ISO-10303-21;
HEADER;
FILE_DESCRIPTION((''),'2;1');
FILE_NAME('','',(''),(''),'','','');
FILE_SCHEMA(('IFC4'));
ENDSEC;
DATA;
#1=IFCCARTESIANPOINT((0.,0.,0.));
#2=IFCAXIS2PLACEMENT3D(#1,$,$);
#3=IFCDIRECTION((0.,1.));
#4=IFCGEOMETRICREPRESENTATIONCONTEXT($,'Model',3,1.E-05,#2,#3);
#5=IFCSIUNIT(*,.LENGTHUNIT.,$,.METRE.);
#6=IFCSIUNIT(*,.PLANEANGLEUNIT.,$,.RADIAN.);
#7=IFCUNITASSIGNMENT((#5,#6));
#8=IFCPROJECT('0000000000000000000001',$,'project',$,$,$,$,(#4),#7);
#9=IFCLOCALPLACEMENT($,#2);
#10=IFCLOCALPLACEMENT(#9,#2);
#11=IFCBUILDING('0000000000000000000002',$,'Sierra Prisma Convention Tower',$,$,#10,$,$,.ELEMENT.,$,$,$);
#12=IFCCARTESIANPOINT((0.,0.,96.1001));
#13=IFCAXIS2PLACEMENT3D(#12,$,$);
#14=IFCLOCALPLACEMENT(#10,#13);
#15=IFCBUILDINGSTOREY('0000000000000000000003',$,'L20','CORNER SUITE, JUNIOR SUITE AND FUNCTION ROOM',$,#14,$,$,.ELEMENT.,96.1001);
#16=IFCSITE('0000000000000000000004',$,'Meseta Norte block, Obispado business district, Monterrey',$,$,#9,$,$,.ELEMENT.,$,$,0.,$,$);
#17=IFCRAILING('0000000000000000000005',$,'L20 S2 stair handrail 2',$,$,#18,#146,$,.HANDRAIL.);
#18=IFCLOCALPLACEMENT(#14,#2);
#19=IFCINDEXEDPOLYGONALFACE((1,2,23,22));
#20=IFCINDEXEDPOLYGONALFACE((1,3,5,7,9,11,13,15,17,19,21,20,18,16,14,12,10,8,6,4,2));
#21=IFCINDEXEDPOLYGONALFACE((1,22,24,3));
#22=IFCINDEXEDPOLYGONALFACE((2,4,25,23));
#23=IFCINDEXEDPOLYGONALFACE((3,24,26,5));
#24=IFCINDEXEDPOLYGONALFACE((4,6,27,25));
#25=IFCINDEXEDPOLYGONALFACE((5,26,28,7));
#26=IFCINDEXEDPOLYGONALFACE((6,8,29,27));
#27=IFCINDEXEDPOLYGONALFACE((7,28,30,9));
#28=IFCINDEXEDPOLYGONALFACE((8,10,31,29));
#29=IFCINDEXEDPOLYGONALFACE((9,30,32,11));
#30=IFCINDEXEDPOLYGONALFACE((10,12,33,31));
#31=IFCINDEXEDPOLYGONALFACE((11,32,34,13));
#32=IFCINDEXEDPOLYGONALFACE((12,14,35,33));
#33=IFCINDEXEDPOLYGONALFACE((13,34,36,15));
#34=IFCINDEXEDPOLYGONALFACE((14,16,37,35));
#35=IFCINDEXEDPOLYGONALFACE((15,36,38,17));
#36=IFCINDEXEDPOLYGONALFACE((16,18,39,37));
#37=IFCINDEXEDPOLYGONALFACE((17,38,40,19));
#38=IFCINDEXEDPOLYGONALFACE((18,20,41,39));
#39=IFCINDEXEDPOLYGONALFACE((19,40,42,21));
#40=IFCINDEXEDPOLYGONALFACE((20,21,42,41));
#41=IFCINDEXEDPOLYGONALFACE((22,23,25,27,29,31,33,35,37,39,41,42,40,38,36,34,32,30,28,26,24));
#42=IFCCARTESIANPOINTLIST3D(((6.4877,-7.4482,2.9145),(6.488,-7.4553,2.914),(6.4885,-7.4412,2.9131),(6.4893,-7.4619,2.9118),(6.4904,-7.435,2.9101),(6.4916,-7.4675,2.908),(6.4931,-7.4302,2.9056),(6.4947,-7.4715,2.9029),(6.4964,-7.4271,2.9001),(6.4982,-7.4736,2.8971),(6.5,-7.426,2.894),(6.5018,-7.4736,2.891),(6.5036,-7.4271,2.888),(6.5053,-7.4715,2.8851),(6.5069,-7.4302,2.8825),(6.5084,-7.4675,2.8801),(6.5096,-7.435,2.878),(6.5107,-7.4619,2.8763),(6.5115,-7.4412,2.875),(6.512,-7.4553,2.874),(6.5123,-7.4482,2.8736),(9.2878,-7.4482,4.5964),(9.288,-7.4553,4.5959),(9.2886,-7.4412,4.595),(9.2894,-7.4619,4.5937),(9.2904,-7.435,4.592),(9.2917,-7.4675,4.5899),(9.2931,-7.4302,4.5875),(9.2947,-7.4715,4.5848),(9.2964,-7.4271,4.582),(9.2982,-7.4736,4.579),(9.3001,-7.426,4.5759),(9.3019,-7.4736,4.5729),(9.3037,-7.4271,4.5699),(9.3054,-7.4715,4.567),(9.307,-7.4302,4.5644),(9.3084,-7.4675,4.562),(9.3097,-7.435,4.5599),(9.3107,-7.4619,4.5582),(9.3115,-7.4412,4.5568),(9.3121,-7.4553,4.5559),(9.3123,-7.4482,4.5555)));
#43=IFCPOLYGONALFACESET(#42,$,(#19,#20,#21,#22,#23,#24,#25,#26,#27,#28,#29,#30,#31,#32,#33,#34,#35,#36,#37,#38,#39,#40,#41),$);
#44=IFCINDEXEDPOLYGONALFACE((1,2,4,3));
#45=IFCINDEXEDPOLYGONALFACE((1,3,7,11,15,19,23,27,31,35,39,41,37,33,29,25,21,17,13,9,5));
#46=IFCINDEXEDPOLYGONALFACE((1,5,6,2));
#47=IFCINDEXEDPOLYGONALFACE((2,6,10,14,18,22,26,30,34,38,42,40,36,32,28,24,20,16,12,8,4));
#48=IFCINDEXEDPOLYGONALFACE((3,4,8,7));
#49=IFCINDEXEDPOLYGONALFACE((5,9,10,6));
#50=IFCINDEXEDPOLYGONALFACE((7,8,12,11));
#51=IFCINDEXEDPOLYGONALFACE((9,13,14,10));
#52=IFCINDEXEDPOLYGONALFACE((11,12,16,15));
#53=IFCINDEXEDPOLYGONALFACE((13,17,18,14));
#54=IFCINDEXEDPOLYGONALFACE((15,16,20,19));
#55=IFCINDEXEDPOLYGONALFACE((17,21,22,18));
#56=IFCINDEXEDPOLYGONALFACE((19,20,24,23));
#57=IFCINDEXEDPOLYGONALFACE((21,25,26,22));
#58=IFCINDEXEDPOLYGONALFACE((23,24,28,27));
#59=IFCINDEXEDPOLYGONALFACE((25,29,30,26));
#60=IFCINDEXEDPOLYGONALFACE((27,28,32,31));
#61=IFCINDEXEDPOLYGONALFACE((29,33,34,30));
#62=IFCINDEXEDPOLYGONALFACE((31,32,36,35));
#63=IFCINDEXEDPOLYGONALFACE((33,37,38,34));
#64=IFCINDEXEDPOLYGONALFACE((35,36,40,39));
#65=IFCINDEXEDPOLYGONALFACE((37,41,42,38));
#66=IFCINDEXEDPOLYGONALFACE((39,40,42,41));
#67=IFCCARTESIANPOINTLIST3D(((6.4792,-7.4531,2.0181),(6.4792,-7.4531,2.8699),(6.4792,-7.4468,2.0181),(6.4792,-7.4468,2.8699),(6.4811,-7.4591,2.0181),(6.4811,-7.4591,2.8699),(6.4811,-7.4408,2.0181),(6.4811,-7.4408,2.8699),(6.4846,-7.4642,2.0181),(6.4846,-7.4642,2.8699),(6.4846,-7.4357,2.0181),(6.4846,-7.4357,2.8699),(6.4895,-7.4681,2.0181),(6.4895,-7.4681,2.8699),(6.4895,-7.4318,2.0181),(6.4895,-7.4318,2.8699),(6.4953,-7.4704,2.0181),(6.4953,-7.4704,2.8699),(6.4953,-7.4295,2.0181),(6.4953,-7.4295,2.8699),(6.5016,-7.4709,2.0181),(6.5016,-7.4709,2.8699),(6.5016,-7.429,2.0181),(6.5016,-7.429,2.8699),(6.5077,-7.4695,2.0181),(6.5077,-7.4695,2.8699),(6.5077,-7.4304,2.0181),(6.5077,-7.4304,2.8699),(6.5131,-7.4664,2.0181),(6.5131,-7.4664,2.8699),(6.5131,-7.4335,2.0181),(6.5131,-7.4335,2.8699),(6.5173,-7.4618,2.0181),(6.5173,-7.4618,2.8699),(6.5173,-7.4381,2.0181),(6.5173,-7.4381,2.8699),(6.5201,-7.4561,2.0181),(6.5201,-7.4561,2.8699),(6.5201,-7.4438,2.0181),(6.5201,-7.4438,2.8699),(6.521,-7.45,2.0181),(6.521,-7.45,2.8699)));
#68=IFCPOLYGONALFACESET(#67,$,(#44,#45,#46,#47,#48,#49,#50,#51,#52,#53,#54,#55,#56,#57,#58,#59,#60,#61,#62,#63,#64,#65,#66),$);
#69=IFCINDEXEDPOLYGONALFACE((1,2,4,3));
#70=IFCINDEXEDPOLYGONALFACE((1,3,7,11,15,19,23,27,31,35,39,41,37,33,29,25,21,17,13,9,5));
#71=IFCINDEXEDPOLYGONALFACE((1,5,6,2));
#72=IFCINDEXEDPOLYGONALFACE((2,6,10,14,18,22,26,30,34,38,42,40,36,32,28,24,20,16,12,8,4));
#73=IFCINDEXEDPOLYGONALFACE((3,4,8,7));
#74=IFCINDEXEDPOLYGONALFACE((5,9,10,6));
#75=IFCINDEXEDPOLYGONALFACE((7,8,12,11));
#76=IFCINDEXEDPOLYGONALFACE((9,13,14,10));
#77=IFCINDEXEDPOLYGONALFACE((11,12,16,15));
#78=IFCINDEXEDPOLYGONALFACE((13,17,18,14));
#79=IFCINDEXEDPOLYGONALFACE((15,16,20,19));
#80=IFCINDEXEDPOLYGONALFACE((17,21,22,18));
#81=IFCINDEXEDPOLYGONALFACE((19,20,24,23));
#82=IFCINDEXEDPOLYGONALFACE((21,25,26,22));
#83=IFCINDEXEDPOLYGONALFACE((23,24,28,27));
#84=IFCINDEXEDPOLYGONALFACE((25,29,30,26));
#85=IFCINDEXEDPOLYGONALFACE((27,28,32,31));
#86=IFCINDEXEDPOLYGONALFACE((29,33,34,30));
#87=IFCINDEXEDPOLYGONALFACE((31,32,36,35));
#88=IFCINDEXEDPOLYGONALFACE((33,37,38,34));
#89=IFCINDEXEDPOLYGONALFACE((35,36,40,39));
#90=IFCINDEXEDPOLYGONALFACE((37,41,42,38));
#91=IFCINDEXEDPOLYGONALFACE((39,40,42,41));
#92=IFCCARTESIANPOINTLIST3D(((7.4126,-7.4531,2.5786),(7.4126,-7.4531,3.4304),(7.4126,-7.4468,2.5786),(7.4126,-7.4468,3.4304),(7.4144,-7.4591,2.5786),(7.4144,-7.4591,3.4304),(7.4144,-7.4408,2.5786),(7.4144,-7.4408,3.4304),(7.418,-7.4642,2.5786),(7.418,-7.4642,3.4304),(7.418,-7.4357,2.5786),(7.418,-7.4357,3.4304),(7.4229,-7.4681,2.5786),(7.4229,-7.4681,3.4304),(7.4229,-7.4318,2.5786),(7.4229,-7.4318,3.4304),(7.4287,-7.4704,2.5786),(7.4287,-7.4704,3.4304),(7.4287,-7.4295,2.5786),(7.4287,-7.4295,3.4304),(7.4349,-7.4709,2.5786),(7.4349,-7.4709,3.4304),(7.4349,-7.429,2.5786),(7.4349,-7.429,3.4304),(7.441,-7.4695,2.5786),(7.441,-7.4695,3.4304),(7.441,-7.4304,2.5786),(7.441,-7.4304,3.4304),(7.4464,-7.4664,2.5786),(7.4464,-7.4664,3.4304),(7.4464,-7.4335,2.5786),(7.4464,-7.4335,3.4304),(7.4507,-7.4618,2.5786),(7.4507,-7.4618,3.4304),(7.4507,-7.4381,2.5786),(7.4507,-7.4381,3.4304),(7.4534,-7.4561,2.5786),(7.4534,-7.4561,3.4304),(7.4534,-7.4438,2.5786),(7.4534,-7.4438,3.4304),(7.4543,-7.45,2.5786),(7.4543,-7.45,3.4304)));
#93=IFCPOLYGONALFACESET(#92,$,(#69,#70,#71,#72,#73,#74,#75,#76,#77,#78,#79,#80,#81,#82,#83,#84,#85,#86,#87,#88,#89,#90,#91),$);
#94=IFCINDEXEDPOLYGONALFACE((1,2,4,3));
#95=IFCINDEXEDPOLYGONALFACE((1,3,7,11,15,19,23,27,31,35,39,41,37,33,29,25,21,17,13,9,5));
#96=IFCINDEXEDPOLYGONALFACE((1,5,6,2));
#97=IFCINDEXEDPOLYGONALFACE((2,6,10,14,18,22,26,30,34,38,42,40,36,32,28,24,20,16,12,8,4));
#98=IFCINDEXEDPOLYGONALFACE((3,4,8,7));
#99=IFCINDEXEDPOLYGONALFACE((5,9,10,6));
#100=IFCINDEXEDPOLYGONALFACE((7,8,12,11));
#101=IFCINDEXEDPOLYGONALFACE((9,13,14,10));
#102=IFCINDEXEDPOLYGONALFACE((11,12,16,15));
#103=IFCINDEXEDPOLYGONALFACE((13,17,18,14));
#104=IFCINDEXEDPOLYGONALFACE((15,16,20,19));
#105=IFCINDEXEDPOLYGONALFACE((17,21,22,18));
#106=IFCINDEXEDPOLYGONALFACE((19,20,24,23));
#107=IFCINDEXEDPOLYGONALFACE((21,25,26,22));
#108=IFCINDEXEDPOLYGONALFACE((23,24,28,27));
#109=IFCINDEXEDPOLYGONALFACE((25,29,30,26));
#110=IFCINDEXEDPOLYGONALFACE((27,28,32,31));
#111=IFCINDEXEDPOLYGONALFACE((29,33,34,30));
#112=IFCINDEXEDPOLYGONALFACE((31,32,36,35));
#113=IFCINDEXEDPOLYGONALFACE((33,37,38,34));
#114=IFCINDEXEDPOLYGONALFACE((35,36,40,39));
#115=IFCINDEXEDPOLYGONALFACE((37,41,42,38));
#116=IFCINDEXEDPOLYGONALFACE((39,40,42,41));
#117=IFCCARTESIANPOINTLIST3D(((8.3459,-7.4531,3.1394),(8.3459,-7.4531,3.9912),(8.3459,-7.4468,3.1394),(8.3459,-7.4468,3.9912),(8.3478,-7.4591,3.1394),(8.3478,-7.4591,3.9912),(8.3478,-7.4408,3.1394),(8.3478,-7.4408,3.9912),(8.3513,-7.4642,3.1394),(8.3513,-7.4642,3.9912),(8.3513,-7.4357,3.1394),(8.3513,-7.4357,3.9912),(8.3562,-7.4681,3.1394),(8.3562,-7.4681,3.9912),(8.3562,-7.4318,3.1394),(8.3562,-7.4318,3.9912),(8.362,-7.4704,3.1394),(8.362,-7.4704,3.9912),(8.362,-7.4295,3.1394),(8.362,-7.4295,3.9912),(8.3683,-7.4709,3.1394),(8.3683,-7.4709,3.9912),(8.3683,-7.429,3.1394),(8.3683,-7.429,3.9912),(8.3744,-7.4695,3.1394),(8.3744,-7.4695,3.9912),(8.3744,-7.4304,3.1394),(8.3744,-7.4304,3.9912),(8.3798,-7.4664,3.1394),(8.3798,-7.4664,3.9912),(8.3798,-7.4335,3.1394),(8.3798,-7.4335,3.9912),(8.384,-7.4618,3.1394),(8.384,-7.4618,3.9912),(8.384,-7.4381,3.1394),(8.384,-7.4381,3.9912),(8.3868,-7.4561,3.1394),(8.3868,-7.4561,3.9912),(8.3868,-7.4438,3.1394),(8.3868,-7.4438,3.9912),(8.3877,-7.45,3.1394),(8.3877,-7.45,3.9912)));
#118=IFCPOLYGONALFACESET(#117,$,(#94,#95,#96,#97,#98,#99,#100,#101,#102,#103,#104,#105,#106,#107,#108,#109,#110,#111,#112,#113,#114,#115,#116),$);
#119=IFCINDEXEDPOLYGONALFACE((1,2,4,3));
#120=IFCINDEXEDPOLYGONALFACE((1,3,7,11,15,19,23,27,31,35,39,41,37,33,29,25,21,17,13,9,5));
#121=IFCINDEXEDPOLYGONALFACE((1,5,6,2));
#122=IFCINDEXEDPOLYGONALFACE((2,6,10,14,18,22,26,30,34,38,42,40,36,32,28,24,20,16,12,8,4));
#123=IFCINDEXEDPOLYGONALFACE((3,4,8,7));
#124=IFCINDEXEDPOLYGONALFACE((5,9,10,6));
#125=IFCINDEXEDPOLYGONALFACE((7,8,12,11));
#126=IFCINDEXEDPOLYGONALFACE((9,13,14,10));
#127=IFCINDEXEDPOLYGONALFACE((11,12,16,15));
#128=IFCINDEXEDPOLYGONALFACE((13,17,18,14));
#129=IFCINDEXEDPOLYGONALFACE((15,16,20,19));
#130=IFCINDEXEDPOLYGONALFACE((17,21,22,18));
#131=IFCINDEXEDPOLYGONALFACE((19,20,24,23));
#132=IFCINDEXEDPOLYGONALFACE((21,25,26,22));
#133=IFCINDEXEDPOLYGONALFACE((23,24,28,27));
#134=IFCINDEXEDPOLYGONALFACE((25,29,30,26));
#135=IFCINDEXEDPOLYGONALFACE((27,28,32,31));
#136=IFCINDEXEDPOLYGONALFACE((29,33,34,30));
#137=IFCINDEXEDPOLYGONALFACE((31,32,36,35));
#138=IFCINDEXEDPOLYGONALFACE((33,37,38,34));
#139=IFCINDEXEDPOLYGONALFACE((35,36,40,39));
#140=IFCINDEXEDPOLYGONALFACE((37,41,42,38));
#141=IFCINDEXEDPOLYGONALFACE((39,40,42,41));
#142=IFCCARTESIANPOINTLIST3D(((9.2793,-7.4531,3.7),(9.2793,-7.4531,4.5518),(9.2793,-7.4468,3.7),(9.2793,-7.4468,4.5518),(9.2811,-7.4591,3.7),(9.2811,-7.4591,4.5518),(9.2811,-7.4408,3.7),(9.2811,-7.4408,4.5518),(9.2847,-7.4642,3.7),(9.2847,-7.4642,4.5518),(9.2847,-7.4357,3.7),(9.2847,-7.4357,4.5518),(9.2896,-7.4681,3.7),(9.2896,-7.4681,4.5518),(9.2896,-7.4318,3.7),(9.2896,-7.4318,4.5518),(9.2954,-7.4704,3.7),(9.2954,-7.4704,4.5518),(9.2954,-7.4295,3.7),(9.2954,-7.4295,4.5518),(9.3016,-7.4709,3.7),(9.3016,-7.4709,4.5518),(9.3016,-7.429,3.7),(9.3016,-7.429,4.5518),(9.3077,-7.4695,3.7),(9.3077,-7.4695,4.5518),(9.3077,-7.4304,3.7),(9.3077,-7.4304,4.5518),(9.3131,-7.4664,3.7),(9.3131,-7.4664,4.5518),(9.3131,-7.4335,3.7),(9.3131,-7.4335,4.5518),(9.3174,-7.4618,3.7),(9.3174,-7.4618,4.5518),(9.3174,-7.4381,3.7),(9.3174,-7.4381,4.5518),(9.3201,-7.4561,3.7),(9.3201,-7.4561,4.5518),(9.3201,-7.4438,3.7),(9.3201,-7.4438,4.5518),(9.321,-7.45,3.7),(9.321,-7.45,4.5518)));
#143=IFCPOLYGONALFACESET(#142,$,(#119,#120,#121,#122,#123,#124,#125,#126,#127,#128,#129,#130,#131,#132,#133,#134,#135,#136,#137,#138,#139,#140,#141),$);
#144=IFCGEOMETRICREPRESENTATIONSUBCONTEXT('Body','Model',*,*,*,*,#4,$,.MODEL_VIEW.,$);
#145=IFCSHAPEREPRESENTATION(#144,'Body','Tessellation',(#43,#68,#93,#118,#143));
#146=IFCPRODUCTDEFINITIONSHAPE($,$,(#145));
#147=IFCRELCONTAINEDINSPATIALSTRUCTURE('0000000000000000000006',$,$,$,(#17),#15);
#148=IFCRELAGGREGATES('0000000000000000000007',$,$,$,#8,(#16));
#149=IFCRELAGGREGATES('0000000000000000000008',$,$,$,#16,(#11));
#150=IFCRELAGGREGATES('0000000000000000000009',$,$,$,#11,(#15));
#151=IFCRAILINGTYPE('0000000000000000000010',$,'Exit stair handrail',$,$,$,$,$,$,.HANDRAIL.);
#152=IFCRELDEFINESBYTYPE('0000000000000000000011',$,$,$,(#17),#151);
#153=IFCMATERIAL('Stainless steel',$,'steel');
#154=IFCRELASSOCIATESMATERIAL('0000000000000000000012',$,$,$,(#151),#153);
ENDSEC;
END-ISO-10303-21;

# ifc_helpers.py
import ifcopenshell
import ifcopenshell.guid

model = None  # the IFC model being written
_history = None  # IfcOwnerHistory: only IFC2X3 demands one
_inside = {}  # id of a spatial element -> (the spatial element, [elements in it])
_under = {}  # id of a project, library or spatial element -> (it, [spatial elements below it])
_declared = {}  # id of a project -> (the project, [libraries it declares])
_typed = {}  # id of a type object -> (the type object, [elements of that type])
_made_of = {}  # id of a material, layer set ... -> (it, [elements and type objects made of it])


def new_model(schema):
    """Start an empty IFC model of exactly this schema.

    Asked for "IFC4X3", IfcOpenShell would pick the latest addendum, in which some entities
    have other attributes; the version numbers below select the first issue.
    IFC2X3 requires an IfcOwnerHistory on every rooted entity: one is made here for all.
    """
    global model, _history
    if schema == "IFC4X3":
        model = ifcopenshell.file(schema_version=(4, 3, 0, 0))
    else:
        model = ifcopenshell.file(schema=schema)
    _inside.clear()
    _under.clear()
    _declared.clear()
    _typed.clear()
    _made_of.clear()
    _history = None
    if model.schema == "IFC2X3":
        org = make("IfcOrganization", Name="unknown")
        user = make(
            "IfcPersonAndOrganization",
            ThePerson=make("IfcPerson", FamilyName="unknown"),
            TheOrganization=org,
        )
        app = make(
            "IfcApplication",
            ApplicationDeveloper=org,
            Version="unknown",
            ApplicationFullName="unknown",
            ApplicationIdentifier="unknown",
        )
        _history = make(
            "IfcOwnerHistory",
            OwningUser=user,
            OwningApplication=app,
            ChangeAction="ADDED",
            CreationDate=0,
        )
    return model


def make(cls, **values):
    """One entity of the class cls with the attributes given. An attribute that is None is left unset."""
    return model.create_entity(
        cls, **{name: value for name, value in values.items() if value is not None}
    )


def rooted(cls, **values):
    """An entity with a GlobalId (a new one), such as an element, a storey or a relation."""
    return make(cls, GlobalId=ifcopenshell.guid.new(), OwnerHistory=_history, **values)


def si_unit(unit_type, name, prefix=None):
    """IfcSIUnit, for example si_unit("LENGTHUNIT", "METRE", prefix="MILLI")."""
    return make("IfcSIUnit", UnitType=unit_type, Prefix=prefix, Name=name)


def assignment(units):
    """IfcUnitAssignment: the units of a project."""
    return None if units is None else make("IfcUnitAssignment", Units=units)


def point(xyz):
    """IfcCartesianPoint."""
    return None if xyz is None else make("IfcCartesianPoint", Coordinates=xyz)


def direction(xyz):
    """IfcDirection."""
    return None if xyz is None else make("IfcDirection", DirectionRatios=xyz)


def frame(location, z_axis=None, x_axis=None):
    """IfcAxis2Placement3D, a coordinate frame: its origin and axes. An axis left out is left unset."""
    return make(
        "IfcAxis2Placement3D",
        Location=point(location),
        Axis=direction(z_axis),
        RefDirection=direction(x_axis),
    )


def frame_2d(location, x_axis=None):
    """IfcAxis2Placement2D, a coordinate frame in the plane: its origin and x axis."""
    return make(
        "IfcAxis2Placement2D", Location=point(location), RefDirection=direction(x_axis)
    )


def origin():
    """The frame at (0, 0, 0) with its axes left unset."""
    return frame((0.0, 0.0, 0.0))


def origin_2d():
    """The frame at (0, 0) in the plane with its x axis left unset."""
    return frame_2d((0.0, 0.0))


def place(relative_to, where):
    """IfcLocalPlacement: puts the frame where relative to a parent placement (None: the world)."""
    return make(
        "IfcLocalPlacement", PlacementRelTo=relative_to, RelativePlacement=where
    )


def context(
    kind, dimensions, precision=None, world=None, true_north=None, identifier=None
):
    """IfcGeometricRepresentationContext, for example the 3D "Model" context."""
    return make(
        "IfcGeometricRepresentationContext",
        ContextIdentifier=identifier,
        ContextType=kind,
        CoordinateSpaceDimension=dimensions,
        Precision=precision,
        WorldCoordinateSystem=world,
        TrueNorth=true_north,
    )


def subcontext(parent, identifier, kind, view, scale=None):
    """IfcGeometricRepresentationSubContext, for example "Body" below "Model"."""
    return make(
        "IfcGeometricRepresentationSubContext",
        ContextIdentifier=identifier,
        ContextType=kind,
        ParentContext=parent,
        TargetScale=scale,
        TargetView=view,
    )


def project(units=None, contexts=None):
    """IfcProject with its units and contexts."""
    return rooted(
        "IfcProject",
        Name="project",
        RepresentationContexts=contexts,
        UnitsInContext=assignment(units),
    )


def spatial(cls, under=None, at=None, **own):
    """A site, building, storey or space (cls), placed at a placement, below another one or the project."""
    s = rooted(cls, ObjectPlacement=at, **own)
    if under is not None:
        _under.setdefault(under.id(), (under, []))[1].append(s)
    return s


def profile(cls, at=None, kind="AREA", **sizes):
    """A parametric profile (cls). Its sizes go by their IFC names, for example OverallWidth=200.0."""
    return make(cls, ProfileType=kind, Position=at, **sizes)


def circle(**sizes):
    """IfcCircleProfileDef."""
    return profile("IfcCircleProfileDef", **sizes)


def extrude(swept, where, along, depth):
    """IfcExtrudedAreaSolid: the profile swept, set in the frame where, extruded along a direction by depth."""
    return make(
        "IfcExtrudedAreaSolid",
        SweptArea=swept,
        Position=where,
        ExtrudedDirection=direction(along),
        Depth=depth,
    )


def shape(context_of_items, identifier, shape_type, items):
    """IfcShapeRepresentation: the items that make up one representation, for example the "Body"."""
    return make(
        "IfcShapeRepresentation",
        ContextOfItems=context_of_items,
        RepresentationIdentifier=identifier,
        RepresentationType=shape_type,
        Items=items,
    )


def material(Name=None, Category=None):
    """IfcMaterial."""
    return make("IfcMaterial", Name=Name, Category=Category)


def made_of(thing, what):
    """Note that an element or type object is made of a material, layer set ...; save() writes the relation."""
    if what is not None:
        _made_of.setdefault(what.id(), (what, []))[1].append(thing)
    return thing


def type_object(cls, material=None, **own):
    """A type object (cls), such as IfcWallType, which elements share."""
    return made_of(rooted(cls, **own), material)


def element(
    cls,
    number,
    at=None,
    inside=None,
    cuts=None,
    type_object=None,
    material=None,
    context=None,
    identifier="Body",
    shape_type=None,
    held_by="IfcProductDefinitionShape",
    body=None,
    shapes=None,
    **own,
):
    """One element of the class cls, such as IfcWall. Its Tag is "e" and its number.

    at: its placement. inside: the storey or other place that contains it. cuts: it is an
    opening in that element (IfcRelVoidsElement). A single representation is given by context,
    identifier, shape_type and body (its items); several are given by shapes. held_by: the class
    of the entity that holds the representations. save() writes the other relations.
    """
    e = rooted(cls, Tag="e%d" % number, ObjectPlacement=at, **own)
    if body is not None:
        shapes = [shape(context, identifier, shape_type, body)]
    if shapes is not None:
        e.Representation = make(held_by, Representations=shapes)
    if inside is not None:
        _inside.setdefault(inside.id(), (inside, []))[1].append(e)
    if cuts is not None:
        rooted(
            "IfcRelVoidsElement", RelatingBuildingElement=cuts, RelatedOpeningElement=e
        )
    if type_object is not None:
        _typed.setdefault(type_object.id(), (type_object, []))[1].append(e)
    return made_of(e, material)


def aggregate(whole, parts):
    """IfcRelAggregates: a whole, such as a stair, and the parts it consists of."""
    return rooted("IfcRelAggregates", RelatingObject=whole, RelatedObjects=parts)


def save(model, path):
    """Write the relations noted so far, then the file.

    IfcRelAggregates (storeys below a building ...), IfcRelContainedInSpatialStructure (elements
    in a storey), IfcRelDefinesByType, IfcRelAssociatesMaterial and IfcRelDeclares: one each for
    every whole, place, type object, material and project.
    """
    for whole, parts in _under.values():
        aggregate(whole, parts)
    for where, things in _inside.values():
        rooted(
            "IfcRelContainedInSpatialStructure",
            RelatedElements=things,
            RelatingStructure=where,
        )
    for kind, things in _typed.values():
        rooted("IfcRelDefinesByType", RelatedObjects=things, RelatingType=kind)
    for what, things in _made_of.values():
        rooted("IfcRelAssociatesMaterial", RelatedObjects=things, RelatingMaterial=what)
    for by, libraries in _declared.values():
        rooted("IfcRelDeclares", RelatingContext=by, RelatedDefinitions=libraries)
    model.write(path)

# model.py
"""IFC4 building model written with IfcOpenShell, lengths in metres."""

from ifc_helpers import new_model, si_unit, direction, frame, origin, origin_2d, place, context, subcontext, project, spatial, circle, extrude, material, type_object, element, save


model = new_model("IFC4")

# Units and contexts
model_context = context("Model", 3, precision=1e-05, world=origin(), true_north=direction((0.0, 1.0)))
body_context = subcontext(model_context, "Body", "Model", "MODEL_VIEW")
ifc_project = project(units=[si_unit("LENGTHUNIT", "METRE"), si_unit("PLANEANGLEUNIT", "RADIAN")], contexts=[model_context])

# Site, building, storey
site_placement = place(None, origin())
site = spatial("IfcSite", under=ifc_project, at=site_placement, Name="Meseta Norte block, Obispado business district, Monterrey", CompositionType="ELEMENT", RefElevation=0.0)
building_placement = place(site_placement, origin())
building = spatial("IfcBuilding", under=site, at=building_placement, Name="Sierra Prisma Convention Tower", CompositionType="ELEMENT")
storey_placement = place(building_placement, frame((0.0, 0.0, 96.1001)))
storey = spatial("IfcBuildingStorey", under=building, at=storey_placement, Name="L20", Description="CORNER SUITE, JUNIOR SUITE AND FUNCTION ROOM", CompositionType="ELEMENT", Elevation=96.1001)

# Railing
ifc_material_1 = material(Name="Stainless steel", Category="steel")
railing_type_1 = type_object("IfcRailingType", Name="Exit stair handrail", PredefinedType="HANDRAIL", material=ifc_material_1)
railing_1_placement = place(storey_placement, frame((6.5, -7.45, 2.0181)))
element("IfcRailing", 1, at=railing_1_placement, inside=storey, type_object=railing_type_1, Name="L20 S2 stair handrail 2", PredefinedType="HANDRAIL", context=body_context, shape_type="SweptSolid", body=[
    extrude(circle(Radius=0.0239, at=origin_2d()), frame((0.0, 0.0, 0.876), z_axis=(0.857242, 0.0, 0.514913), x_axis=(0.0, 1.0, 0.0)), (0.0, 0.0, 1.0), 3.2664),
    extrude(circle(Radius=0.021, at=origin_2d()), origin(), (0.0, 0.0, 1.0), 0.8518),
    extrude(circle(Radius=0.021, at=origin_2d()), frame((0.9333, 0.0, 0.5605)), (0.0, 0.0, 1.0), 0.8518),
    extrude(circle(Radius=0.021, at=origin_2d()), frame((1.8667, 0.0, 1.1213)), (0.0, 0.0, 1.0), 0.8518),
    extrude(circle(Radius=0.021, at=origin_2d()), frame((2.8, 0.0, 1.6819)), (0.0, 0.0, 1.0), 0.8518),
])

save(model, "model.ifc")
